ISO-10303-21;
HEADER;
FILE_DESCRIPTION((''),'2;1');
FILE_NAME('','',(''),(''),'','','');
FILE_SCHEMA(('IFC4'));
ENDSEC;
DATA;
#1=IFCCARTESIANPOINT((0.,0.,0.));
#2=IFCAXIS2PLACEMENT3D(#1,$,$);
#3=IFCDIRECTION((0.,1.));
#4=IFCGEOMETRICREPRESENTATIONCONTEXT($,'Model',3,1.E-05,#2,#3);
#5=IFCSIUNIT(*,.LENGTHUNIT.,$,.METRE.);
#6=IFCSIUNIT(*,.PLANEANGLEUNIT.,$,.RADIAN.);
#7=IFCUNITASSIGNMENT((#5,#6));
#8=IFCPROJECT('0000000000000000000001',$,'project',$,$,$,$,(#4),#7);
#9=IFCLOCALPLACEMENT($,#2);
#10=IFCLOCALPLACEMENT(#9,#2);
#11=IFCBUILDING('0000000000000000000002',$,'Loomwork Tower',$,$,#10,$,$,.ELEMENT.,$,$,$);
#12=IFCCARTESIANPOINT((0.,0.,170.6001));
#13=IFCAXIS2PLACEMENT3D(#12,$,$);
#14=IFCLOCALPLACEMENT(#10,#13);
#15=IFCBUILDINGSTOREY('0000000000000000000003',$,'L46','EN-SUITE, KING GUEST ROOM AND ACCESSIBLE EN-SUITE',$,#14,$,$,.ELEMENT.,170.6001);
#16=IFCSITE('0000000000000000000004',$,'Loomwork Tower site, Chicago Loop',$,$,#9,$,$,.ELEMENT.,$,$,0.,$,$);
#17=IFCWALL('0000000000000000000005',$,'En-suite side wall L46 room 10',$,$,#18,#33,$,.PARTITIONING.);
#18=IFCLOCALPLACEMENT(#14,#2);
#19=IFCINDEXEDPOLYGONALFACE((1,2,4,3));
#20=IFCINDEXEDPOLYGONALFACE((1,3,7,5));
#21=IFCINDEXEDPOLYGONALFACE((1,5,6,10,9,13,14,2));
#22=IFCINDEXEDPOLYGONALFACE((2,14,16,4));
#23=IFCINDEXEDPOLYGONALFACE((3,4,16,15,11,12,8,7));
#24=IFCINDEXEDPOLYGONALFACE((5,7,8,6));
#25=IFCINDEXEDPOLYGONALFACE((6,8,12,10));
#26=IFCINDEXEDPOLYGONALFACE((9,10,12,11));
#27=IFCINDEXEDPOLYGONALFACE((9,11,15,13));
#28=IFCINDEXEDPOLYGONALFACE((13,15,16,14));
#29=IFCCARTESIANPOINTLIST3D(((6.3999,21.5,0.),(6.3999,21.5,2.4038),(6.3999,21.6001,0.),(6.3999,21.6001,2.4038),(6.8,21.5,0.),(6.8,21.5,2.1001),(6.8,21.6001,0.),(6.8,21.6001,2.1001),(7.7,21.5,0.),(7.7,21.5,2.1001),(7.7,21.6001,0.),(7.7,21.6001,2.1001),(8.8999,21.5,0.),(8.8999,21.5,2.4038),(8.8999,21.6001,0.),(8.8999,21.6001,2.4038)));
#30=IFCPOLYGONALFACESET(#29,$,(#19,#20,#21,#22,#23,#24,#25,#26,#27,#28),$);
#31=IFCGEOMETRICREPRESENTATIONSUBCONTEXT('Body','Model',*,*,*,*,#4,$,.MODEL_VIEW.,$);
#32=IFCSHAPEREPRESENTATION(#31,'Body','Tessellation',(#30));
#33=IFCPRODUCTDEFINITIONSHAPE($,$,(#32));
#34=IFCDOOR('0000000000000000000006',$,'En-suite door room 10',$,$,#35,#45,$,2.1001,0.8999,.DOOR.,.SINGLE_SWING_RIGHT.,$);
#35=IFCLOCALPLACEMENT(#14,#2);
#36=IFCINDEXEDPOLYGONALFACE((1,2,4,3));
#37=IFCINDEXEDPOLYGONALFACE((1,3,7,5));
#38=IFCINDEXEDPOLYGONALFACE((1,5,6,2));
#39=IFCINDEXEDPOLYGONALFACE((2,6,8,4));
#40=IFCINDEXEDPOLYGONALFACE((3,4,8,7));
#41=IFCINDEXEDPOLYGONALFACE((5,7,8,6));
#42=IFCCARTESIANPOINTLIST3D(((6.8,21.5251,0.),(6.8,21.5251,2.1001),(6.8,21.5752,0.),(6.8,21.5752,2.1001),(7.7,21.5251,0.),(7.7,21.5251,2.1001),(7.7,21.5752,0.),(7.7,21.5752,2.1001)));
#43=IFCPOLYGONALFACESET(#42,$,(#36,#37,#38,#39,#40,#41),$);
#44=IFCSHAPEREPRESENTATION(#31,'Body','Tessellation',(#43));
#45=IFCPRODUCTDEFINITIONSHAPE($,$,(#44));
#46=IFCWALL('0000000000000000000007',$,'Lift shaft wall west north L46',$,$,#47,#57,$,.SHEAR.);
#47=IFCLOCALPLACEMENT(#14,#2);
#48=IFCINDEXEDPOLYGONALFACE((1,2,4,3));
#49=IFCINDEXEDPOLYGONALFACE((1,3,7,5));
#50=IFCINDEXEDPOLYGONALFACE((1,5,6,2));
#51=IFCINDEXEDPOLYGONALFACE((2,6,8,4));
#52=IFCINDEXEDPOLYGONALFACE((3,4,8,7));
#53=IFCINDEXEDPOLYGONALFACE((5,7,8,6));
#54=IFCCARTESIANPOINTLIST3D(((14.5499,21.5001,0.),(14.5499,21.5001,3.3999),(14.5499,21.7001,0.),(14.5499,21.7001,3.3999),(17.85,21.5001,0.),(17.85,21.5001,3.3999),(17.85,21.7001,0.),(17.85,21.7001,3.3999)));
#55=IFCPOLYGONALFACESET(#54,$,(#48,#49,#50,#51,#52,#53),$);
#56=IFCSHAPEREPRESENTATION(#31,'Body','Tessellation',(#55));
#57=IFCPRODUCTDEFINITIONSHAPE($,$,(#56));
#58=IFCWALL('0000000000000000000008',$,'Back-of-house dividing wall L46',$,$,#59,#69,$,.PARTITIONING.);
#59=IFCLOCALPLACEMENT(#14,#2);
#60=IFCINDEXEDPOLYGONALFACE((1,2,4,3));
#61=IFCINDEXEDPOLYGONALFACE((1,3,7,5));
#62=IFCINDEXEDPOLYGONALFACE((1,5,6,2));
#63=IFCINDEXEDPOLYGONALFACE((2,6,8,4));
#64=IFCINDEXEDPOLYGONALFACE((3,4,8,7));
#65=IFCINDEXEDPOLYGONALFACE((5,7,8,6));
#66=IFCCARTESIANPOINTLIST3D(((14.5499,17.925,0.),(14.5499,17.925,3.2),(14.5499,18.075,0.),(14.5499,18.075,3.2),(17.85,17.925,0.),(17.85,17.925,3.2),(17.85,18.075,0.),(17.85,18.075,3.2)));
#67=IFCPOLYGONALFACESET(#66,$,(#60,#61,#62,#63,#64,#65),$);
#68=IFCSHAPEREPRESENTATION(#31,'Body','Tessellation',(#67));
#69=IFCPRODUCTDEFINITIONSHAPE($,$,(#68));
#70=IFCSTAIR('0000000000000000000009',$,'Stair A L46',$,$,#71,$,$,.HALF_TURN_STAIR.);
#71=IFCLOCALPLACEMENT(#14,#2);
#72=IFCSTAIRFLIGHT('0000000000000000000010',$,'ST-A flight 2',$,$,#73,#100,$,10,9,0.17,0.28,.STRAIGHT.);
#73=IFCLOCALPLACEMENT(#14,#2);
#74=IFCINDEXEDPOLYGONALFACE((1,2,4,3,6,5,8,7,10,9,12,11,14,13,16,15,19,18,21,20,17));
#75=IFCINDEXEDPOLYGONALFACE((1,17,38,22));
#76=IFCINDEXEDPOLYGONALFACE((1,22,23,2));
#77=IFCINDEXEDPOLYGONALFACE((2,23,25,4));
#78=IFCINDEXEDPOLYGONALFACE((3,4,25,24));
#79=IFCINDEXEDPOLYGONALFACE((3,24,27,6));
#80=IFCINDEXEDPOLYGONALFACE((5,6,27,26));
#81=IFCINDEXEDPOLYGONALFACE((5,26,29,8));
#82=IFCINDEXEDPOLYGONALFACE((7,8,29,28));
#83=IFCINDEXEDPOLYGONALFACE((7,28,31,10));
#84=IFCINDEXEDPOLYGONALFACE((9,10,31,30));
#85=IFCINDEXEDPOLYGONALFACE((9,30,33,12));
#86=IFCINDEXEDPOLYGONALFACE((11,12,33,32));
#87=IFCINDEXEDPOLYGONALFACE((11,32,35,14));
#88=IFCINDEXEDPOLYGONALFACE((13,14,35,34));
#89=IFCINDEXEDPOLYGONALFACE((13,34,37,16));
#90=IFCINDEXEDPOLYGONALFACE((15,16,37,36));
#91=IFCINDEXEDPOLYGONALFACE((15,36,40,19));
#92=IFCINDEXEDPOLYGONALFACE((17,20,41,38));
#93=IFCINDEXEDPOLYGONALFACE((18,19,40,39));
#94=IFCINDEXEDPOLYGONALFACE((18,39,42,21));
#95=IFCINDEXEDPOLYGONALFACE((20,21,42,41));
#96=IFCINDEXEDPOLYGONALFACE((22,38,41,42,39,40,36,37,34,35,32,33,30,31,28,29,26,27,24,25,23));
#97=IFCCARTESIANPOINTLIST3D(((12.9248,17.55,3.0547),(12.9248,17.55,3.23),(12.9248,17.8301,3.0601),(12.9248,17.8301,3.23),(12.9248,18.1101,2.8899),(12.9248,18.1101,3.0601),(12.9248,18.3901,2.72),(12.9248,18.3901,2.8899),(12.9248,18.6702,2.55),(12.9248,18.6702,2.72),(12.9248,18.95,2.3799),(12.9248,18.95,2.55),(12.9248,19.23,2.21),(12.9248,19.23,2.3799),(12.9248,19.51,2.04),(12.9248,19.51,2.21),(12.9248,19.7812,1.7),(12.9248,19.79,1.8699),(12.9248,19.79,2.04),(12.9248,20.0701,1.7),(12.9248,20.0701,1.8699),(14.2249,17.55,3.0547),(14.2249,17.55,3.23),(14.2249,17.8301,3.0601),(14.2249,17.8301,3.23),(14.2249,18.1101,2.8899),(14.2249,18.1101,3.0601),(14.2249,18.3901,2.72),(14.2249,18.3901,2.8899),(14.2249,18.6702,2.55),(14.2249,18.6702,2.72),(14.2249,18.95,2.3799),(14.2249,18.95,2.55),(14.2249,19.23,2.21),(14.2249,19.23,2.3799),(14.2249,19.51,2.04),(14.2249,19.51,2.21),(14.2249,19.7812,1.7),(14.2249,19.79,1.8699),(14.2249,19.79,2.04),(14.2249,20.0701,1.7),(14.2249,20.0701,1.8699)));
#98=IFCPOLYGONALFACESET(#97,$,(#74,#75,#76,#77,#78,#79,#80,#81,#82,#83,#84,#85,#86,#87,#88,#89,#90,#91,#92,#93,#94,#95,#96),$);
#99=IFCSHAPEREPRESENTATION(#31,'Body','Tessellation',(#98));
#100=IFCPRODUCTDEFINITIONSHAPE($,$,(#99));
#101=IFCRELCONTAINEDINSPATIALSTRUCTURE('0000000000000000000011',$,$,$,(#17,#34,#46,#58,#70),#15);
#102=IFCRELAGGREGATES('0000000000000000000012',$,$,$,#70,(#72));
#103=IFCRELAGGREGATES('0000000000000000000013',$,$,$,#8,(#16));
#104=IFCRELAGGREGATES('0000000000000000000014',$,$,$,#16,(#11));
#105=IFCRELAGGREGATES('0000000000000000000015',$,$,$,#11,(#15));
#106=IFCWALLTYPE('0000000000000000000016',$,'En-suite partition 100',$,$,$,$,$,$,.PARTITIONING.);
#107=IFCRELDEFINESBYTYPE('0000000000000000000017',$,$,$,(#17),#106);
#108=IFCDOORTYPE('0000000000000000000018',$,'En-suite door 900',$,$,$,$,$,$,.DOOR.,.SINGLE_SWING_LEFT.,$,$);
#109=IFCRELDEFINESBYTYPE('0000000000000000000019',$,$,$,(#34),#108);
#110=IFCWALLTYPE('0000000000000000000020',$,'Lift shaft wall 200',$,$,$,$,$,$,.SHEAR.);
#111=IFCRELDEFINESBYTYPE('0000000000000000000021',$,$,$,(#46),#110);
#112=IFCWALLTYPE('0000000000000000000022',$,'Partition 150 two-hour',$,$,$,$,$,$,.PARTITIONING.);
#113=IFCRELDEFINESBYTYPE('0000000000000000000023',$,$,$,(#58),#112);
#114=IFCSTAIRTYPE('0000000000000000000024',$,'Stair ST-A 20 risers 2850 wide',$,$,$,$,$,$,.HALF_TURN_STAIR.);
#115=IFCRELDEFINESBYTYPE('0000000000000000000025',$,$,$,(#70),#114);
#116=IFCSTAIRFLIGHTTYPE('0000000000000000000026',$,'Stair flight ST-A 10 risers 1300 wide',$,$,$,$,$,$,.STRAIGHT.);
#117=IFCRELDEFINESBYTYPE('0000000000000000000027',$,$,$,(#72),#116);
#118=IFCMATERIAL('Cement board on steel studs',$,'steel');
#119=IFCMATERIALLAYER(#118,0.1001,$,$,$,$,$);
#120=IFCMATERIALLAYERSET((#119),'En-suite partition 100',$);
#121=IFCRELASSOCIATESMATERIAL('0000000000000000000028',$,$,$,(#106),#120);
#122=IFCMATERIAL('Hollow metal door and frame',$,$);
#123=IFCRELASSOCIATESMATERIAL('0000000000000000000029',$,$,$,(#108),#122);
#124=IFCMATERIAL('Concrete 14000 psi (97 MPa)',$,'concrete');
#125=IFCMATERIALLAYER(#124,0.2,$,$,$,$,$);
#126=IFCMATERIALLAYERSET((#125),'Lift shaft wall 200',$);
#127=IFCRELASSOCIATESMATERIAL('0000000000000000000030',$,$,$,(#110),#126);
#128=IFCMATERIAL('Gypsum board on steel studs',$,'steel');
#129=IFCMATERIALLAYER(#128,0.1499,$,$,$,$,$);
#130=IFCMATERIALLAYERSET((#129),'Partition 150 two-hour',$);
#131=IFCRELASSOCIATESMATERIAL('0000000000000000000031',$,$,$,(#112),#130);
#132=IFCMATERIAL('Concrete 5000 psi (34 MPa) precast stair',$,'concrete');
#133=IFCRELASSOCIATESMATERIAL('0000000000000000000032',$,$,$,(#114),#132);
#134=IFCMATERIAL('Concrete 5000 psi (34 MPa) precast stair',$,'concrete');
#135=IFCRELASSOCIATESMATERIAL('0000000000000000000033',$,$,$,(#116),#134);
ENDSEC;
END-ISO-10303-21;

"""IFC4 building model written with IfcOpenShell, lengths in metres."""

from ifc_helpers import new_model, si_unit, direction, frame, frame_2d, origin, place, context, subcontext, project, spatial, polyline, rectangle, outline, extrude, material, layer, layer_set, type_object, element, fill, aggregate, save


model = new_model("IFC4")

# Units and contexts
model_context = context("Model", 3, precision=1e-05, world=origin(), true_north=direction((0.0, 1.0)))
body_context = subcontext(model_context, "Body", "Model", "MODEL_VIEW")
ifc_project = project(units=[si_unit("LENGTHUNIT", "METRE"), si_unit("PLANEANGLEUNIT", "RADIAN")], contexts=[model_context])

# Site, building, storey
site_placement = place(None, origin())
site = spatial("IfcSite", under=ifc_project, at=site_placement, Name="Loomwork Tower site, Chicago Loop", CompositionType="ELEMENT", RefElevation=0.0)
building_placement = place(site_placement, origin())
building = spatial("IfcBuilding", under=site, at=building_placement, Name="Loomwork Tower", CompositionType="ELEMENT")
storey_placement = place(building_placement, frame((0.0, 0.0, 170.6001)))
storey = spatial("IfcBuildingStorey", under=building, at=storey_placement, Name="L46", Description="EN-SUITE, KING GUEST ROOM AND ACCESSIBLE EN-SUITE", CompositionType="ELEMENT", Elevation=170.6001)

# Wall, opening, door
ifc_material_1 = material(Name="Cement board on steel studs", Category="steel")
ifc_layer_1 = layer(ifc_material_1, 0.1001)
ifc_layer_set_1 = layer_set([ifc_layer_1], Name="En-suite partition 100")
wall_type_1 = type_object("IfcWallType", Name="En-suite partition 100", PredefinedType="PARTITIONING", material=ifc_layer_set_1)
wall_1_placement = place(storey_placement, frame((8.8999, 21.55, 0.0), z_axis=(0.0, 0.0, 1.0), x_axis=(-1.0, 0.0, 0.0)))
wall_1 = element("IfcWall", 1, at=wall_1_placement, inside=storey, type_object=wall_type_1, Name="En-suite side wall L46 room 10", PredefinedType="PARTITIONING", context=body_context, shape_type="SweptSolid", body=[
    extrude(rectangle(XDim=2.5, YDim=0.1001, at=frame_2d((1.25, 0.0))), origin(), (0.0, 0.0, 1.0), 2.4038),
])
opening_1_placement = place(wall_1_placement, frame((1.2, 0.0, 0.0)))
opening_1 = element("IfcOpeningElement", 2, at=opening_1_placement, cuts=wall_1, PredefinedType="OPENING", context=body_context, shape_type="SweptSolid", body=[
    extrude(rectangle(XDim=0.8999, YDim=2.1001, at=frame_2d((0.45, 1.05))), frame((0.0, 0.0601, 0.0), z_axis=(0.0, -1.0, 0.0), x_axis=(1.0, 0.0, 0.0)), (0.0, 0.0, 1.0), 0.1201),
])
ifc_material_2 = material(Name="Hollow metal door and frame")
door_type_1 = type_object("IfcDoorType", Name="En-suite door 900", OperationType="SINGLE_SWING_LEFT", PredefinedType="DOOR", material=ifc_material_2)
door_1_placement = place(opening_1_placement, origin())
door_1 = element("IfcDoor", 3, at=door_1_placement, inside=storey, type_object=door_type_1, Name="En-suite door room 10", OperationType="SINGLE_SWING_RIGHT", OverallHeight=2.1001, OverallWidth=0.8999, PredefinedType="DOOR", context=body_context, shape_type="SweptSolid", body=[
    extrude(rectangle(XDim=0.8999, YDim=2.1001, at=frame_2d((0.45, 1.05))), frame((0.0, 0.0249, 0.0), z_axis=(0.0, -1.0, 0.0), x_axis=(1.0, 0.0, 0.0)), (0.0, 0.0, 1.0), 0.05),
])
fill(opening_1, door_1)

# Walls
ifc_material_3 = material(Name="Concrete 14000 psi (97 MPa)", Category="concrete")
ifc_layer_2 = layer(ifc_material_3, 0.2)
ifc_layer_set_2 = layer_set([ifc_layer_2], Name="Lift shaft wall 200")
wall_type_2 = type_object("IfcWallType", Name="Lift shaft wall 200", PredefinedType="SHEAR", material=ifc_layer_set_2)
wall_2_placement = place(storey_placement, frame((14.55, 21.6001, 0.0), z_axis=(0.0, 0.0, 1.0), x_axis=(1.0, 0.0, 0.0)))
element("IfcWall", 4, at=wall_2_placement, inside=storey, type_object=wall_type_2, Name="Lift shaft wall west north L46", PredefinedType="SHEAR", context=body_context, shape_type="SweptSolid", body=[
    extrude(rectangle(XDim=3.3, YDim=0.2, at=frame_2d((1.6499, 0.0))), origin(), (0.0, 0.0, 1.0), 3.3999),
])
ifc_material_4 = material(Name="Gypsum board on steel studs", Category="steel")
ifc_layer_3 = layer(ifc_material_4, 0.1499)
ifc_layer_set_3 = layer_set([ifc_layer_3], Name="Partition 150 two-hour")
wall_type_3 = type_object("IfcWallType", Name="Partition 150 two-hour", PredefinedType="PARTITIONING", material=ifc_layer_set_3)
wall_3_placement = place(storey_placement, frame((14.55, 18.0, 0.0), z_axis=(0.0, 0.0, 1.0), x_axis=(1.0, 0.0, 0.0)))
element("IfcWall", 5, at=wall_3_placement, inside=storey, type_object=wall_type_3, Name="Back-of-house dividing wall L46", PredefinedType="PARTITIONING", context=body_context, shape_type="SweptSolid", body=[
    extrude(rectangle(XDim=3.3, YDim=0.1499, at=frame_2d((1.6499, 0.0))), origin(), (0.0, 0.0, 1.0), 3.2),
])

# Stair, stair flight
ifc_material_5 = material(Name="Concrete 5000 psi (34 MPa) precast stair", Category="concrete")
stair_type = type_object("IfcStairType", Name="Stair ST-A 20 risers 2850 wide", PredefinedType="HALF_TURN_STAIR", material=ifc_material_5)
stair_placement = place(storey_placement, origin())
stair = element("IfcStair", 6, at=stair_placement, inside=storey, type_object=stair_type, Name="Stair A L46", PredefinedType="HALF_TURN_STAIR")
ifc_material_6 = material(Name="Concrete 5000 psi (34 MPa) precast stair", Category="concrete")
stair_flight_type = type_object("IfcStairFlightType", Name="Stair flight ST-A 10 risers 1300 wide", PredefinedType="STRAIGHT", material=ifc_material_6)
stair_flight_placement = place(storey_placement, frame((13.575, 20.0701, 1.7), z_axis=(0.0, 0.0, 1.0), x_axis=(0.0, -1.0, 0.0)))
stair_flight = element("IfcStairFlight", 7, at=stair_flight_placement, type_object=stair_flight_type, Name="ST-A flight 2", NumberOfRisers=10, NumberOfTreads=9, PredefinedType="STRAIGHT", RiserHeight=0.17, TreadLength=0.28, context=body_context, shape_type="SweptSolid", body=[
    extrude(outline(polyline([(0.0, 0.0), (0.0, 0.1699), (0.28, 0.1699), (0.28, 0.3401), (0.5601, 0.3401), (0.5601, 0.51), (0.8401, 0.51), (0.8401, 0.6799), (1.1201, 0.6799), (1.1201, 0.8501), (1.3999, 0.8501), (1.3999, 1.02), (1.6799, 1.02), (1.6799, 1.1899), (1.96, 1.1899), (1.96, 1.3601), (2.24, 1.3601), (2.24, 1.53), (2.52, 1.53), (2.52, 1.7), (2.52, 1.3547), (0.2888, 0.0), (0.0, 0.0)])), frame((0.0, 0.6499, 0.0), z_axis=(0.0, -1.0, 0.0), x_axis=(1.0, 0.0, 0.0)), (0.0, 0.0, 1.0), 1.3),
])
aggregate(stair, [stair_flight])

save(model, "model.ifc")
